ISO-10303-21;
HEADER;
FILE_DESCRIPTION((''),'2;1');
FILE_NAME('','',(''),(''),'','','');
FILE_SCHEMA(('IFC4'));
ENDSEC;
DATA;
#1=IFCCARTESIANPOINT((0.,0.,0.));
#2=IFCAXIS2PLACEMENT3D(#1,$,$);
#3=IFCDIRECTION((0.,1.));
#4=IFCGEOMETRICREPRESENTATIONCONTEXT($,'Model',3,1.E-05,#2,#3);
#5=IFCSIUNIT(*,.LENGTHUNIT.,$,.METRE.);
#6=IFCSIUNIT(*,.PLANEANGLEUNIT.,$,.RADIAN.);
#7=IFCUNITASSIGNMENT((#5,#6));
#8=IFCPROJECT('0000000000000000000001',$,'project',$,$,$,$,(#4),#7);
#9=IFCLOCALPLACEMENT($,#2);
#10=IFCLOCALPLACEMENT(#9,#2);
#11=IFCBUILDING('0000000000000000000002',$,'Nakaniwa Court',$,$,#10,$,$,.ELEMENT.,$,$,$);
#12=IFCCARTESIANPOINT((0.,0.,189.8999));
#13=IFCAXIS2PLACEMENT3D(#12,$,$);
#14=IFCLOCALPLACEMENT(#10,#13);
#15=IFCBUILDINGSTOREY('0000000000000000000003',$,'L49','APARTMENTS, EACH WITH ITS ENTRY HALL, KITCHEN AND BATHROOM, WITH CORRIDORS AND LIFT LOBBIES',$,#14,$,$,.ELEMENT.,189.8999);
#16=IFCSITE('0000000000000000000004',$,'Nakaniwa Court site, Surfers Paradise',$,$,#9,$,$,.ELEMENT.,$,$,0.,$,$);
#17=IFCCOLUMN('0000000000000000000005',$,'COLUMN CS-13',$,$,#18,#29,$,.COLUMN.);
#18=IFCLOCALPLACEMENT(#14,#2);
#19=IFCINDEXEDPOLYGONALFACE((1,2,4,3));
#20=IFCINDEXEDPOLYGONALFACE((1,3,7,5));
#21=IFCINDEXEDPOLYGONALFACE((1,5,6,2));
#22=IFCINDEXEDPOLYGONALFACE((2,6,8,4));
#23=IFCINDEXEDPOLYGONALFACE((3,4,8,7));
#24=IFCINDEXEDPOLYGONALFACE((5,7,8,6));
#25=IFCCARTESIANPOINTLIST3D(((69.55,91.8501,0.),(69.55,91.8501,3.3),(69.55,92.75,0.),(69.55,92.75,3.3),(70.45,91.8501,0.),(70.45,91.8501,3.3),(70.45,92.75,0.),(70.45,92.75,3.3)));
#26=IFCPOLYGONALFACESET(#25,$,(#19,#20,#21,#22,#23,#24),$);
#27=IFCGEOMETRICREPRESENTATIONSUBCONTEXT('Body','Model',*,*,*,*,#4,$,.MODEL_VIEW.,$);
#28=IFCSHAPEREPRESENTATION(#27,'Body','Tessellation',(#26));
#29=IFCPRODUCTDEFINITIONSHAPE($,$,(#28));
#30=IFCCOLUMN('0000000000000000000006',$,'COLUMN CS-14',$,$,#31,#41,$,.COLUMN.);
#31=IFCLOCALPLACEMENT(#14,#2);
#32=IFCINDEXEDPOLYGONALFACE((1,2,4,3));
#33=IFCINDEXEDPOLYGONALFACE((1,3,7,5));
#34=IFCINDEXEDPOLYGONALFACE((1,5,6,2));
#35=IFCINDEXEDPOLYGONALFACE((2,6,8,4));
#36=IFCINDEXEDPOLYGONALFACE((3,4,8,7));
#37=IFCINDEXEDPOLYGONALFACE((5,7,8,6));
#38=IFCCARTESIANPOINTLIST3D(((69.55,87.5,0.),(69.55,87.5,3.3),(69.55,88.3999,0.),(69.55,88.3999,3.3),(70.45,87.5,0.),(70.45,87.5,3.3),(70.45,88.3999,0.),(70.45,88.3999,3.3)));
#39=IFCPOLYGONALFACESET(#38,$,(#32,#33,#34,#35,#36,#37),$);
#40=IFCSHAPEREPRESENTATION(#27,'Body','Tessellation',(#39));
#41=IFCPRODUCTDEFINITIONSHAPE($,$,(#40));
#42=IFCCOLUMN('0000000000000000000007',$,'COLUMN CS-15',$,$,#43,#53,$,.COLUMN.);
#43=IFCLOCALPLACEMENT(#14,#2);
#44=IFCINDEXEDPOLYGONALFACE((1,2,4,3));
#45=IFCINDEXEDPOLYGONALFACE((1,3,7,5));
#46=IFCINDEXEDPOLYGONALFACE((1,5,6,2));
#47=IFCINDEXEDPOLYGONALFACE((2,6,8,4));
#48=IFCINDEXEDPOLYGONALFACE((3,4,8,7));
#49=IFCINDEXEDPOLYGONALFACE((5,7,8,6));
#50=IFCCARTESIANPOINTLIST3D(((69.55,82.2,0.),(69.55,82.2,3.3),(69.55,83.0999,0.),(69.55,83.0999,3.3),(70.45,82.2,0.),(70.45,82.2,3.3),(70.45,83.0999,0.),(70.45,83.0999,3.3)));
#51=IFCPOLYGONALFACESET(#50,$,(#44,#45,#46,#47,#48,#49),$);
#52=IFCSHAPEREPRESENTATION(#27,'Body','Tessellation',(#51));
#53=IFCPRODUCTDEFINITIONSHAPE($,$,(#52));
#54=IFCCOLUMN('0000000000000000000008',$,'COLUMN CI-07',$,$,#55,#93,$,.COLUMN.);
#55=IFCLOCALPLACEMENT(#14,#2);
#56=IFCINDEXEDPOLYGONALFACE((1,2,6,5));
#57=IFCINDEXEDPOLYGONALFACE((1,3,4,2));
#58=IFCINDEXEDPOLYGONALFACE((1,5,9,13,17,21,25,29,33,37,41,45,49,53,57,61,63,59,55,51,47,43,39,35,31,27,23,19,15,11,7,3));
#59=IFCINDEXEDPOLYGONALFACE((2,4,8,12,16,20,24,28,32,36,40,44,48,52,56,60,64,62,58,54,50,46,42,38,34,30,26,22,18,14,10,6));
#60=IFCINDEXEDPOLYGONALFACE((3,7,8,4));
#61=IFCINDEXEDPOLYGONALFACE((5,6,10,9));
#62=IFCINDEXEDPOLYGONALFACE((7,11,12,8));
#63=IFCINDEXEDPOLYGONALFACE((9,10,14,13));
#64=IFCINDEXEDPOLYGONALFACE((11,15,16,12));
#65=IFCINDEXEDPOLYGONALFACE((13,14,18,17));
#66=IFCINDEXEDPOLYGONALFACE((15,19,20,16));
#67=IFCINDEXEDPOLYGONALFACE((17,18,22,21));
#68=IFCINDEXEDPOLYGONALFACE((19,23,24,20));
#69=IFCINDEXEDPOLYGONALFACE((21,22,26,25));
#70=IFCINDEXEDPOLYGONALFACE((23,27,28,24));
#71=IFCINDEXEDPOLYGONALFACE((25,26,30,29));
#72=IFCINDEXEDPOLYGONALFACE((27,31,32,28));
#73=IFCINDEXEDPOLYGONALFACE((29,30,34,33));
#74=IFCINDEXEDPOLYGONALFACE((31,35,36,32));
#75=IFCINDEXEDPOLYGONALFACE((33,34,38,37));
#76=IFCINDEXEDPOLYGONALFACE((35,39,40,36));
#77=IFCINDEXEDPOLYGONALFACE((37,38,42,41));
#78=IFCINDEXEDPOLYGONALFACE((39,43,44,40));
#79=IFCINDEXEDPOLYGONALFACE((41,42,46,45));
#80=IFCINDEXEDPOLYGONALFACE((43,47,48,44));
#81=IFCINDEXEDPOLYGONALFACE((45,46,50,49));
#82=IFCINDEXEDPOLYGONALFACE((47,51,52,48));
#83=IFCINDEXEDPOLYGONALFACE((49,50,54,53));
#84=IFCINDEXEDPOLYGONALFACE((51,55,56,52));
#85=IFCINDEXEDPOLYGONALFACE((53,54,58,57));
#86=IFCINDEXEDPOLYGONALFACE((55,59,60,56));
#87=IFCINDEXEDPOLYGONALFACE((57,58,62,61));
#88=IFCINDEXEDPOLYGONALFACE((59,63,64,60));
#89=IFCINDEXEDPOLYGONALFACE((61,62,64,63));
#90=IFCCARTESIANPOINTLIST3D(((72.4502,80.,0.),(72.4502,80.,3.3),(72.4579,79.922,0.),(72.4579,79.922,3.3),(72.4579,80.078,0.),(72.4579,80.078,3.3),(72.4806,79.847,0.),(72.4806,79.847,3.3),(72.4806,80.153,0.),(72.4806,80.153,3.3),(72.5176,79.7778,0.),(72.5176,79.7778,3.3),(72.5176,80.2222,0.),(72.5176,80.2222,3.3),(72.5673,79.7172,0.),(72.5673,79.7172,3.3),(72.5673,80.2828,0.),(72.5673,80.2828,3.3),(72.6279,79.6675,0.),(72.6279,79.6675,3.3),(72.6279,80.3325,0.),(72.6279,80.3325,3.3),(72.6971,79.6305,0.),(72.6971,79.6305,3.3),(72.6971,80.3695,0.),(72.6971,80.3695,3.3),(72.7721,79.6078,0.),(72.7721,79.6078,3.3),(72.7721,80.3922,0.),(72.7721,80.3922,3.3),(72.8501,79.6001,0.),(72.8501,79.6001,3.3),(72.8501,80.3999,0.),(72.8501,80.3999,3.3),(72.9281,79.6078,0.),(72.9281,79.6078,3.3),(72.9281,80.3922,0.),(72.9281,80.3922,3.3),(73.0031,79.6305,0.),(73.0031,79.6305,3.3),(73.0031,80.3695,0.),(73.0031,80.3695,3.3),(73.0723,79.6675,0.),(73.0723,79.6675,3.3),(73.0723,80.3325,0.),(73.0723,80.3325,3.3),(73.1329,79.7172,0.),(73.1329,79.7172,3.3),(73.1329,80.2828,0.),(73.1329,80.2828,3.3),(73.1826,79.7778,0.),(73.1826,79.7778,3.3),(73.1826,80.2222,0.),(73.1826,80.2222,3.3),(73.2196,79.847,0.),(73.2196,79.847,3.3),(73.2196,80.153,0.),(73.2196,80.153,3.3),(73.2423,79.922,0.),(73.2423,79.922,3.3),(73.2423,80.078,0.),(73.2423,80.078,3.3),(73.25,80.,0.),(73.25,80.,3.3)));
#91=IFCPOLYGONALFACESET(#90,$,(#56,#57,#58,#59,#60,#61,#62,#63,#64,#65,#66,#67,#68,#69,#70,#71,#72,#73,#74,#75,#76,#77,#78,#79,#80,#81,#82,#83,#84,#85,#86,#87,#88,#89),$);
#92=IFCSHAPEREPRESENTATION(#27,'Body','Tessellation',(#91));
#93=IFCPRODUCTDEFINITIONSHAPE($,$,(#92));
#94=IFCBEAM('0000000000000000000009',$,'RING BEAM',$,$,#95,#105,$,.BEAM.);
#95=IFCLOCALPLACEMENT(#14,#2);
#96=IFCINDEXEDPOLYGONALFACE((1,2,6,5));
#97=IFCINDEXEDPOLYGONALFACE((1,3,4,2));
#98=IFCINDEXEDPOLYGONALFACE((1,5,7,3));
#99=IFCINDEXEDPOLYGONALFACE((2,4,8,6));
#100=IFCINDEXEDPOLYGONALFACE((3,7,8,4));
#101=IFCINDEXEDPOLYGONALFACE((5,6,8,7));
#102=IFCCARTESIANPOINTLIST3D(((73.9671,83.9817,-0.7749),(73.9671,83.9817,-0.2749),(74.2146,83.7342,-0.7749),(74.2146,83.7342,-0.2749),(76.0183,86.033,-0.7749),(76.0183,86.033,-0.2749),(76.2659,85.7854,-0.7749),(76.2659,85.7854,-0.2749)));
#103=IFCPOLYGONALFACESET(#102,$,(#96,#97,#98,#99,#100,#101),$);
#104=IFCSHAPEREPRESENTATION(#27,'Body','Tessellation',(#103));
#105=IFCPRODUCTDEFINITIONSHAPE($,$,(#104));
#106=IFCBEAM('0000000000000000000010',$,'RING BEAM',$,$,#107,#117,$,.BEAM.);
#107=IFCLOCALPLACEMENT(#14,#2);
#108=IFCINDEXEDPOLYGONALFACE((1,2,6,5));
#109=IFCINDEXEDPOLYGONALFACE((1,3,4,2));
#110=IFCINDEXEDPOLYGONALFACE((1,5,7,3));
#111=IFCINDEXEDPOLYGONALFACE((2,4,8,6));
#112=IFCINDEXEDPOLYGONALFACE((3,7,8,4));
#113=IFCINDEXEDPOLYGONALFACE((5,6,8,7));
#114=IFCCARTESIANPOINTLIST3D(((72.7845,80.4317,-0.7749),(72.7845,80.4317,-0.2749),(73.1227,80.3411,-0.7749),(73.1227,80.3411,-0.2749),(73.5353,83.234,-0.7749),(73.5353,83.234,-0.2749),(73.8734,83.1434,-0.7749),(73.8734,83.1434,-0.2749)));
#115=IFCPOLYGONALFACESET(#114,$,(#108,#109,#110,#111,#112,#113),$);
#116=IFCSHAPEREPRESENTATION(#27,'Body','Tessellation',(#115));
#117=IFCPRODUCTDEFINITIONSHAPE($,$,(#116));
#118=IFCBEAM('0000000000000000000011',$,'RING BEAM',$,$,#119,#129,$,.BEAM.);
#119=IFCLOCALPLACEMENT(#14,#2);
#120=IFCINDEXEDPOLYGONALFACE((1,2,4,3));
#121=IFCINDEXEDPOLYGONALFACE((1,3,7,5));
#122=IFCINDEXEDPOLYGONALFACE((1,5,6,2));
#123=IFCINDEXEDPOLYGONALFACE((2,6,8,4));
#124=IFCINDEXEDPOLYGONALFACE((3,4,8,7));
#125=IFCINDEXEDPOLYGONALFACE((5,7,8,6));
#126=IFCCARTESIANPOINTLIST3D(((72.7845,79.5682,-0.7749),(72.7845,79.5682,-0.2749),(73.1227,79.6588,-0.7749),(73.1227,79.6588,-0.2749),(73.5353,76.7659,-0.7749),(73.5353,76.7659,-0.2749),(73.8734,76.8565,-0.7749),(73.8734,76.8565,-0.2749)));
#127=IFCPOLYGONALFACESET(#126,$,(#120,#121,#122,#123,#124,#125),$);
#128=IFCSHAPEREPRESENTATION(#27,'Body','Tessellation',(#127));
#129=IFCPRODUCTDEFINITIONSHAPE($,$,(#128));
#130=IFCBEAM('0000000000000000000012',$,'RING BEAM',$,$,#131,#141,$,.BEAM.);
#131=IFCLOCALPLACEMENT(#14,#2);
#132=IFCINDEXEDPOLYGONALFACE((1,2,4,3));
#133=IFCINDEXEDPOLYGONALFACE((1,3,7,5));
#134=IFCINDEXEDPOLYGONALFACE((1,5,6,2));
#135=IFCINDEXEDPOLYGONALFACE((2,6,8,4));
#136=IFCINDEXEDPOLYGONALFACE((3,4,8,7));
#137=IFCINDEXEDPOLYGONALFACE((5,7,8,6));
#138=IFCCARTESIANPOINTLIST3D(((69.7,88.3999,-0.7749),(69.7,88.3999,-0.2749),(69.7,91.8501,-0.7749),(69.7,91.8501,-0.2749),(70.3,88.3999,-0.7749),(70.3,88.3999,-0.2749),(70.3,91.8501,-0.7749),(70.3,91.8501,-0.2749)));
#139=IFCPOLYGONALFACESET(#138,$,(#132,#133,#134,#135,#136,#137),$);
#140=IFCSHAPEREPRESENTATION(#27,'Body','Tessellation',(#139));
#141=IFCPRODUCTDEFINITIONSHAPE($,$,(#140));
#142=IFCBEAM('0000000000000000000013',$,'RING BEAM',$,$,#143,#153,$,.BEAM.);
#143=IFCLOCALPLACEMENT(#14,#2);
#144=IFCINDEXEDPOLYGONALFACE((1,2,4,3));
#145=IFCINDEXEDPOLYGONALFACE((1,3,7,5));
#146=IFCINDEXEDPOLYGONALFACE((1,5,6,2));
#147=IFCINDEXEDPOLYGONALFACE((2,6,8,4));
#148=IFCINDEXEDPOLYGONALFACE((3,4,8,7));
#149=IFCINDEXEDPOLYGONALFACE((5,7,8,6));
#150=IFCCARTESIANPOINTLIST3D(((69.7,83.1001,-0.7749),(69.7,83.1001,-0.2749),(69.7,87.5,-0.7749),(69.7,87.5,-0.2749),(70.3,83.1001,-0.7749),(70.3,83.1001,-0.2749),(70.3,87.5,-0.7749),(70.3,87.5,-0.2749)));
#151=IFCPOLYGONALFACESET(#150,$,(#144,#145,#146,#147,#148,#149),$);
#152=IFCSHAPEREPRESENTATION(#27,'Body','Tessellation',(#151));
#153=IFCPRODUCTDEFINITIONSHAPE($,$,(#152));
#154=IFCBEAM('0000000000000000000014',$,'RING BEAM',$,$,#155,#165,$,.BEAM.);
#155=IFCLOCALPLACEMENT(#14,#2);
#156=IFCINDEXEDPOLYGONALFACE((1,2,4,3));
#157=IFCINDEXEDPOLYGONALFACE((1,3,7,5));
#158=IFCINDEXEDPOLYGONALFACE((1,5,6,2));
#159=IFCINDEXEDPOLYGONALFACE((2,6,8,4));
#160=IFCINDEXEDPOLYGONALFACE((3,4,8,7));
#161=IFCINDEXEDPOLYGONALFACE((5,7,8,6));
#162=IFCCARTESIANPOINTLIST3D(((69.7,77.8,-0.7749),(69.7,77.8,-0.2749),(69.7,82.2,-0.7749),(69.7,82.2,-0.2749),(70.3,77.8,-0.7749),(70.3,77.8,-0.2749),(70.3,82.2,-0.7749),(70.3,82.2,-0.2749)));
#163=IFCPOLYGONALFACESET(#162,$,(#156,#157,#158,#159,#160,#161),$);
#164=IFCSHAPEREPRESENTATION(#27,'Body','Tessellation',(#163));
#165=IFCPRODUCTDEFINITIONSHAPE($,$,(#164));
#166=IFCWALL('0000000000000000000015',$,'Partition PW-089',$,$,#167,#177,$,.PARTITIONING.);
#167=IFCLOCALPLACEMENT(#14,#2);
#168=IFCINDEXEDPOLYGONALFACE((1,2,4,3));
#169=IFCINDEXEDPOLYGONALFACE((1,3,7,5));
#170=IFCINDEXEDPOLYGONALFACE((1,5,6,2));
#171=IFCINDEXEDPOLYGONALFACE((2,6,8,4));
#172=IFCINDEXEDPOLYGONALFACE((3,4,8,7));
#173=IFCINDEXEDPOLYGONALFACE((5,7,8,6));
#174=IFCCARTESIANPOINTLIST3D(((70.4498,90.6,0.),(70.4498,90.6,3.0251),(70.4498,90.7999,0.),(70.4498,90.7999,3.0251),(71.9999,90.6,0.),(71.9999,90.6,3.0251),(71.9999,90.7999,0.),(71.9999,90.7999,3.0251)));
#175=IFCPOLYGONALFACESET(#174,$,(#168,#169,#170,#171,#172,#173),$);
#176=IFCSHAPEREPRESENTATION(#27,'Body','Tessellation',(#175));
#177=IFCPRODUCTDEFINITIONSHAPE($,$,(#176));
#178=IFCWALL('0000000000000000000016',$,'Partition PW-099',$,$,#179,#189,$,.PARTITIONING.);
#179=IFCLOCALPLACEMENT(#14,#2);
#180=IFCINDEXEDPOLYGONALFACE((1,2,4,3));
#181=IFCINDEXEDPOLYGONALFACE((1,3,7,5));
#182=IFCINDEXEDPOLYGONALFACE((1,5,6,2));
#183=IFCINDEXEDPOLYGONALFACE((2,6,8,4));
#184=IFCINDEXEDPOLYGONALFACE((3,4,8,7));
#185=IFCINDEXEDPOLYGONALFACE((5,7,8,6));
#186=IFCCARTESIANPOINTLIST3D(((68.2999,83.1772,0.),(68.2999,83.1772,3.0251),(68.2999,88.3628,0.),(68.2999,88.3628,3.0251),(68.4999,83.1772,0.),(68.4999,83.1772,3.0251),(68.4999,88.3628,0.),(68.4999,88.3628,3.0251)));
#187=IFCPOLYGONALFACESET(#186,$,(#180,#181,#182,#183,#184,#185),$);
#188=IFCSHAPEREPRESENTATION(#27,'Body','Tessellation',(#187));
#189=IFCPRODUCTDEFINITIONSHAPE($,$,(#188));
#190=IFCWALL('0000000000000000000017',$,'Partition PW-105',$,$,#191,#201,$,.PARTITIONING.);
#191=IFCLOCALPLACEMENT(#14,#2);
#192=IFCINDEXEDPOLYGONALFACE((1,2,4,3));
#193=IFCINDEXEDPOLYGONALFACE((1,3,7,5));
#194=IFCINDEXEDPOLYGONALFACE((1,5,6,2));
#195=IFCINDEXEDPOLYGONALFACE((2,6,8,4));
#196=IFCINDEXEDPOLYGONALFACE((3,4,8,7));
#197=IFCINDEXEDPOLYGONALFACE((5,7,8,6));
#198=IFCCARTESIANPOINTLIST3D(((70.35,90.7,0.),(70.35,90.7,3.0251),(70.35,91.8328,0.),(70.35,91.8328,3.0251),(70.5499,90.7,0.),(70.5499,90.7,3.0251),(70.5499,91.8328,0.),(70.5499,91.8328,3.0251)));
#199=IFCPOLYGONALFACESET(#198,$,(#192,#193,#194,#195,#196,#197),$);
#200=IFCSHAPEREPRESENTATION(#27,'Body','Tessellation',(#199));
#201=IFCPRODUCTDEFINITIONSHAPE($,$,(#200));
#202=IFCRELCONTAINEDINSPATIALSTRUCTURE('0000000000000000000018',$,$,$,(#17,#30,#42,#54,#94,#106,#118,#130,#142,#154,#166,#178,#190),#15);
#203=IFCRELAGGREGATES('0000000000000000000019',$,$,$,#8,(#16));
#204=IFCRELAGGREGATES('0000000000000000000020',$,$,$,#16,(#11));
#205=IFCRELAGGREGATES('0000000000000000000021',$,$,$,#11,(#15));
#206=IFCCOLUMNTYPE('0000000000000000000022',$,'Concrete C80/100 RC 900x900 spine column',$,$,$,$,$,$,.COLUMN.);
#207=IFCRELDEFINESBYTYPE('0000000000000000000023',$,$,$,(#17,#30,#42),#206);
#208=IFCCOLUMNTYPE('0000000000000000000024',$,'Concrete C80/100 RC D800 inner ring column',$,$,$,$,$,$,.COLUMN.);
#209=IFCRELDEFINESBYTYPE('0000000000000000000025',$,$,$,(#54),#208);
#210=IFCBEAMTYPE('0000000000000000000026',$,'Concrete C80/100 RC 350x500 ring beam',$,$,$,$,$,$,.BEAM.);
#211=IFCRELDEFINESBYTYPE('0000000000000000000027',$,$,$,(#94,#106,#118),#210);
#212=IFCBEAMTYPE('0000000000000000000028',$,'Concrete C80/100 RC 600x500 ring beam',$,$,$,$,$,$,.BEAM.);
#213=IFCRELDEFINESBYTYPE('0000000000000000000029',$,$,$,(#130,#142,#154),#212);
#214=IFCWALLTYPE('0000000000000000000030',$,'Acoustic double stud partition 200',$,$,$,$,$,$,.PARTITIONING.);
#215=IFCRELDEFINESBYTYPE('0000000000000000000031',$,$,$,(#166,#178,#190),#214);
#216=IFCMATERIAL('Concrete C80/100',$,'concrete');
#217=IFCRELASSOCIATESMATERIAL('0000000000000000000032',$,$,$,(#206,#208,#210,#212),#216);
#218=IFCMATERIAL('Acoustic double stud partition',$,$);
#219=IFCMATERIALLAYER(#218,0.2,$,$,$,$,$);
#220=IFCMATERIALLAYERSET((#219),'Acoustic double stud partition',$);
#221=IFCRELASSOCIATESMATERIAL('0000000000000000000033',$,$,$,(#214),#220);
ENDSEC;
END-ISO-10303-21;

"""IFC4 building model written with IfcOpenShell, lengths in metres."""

from ifc_helpers import new_model, si_unit, direction, frame, frame_2d, origin, origin_2d, place, context, subcontext, project, spatial, rectangle, circle, extrude, material, layer, layer_set, material_profile, profile_set, type_object, element, save


model = new_model("IFC4")

# Units and contexts
model_context = context("Model", 3, precision=1e-05, world=origin(), true_north=direction((0.0, 1.0)))
body_context = subcontext(model_context, "Body", "Model", "MODEL_VIEW")
ifc_project = project(units=[si_unit("LENGTHUNIT", "METRE"), si_unit("PLANEANGLEUNIT", "RADIAN")], contexts=[model_context])

# Site, building, storey
site_placement = place(None, origin())
site = spatial("IfcSite", under=ifc_project, at=site_placement, Name="Nakaniwa Court site, Surfers Paradise", CompositionType="ELEMENT", RefElevation=0.0)
building_placement = place(site_placement, origin())
building = spatial("IfcBuilding", under=site, at=building_placement, Name="Nakaniwa Court", CompositionType="ELEMENT")
storey_placement = place(building_placement, frame((0.0, 0.0, 189.8999)))
storey = spatial("IfcBuildingStorey", under=building, at=storey_placement, Name="L49", Description="APARTMENTS, EACH WITH ITS ENTRY HALL, KITCHEN AND BATHROOM, WITH CORRIDORS AND LIFT LOBBIES", CompositionType="ELEMENT", Elevation=189.8999)

# Columns
ifc_material_1 = material(Name="Concrete C80/100", Category="concrete")
ifc_material_profile_1 = material_profile(ifc_material_1, rectangle(XDim=0.8999, YDim=0.8999, at=origin_2d()), Name="Concrete C80/100 RC 900x900 spine column")
ifc_profile_set_1 = profile_set([ifc_material_profile_1], Name="Concrete C80/100")
column_type_1 = type_object("IfcColumnType", Name="Concrete C80/100 RC 900x900 spine column", PredefinedType="COLUMN", material=ifc_profile_set_1)
for number, where, z_axis, x_axis, name in (
    (1, (70.0, 92.3, 0.0), (0.0, 0.0, 1.0), (0.0, -1.0, 0.0), "COLUMN CS-13"),
    (2, (70.0, 87.95, 0.0), (0.0, 0.0, 1.0), (0.0, -1.0, 0.0), "COLUMN CS-14"),
    (3, (70.0, 82.6499, 0.0), (0.0, 0.0, 1.0), (0.0, -1.0, 0.0), "COLUMN CS-15"),
):
    element("IfcColumn", number, at=place(storey_placement, frame(where, z_axis=z_axis, x_axis=x_axis)), inside=storey, type_object=column_type_1, Name=name, PredefinedType="COLUMN", context=body_context, shape_type="SweptSolid", body=[
        extrude(rectangle(XDim=0.8999, YDim=0.8999, at=origin_2d()), origin(), (0.0, 0.0, 1.0), 3.3),
    ])
ifc_material_profile_2 = material_profile(ifc_material_1, circle(Radius=0.3999, at=origin_2d()), Name="Concrete C80/100 RC D800 inner ring column")
ifc_profile_set_2 = profile_set([ifc_material_profile_2], Name="Concrete C80/100")
column_type_2 = type_object("IfcColumnType", Name="Concrete C80/100 RC D800 inner ring column", PredefinedType="COLUMN", material=ifc_profile_set_2)
for number, where, z_axis, x_axis, name in (
    (4, (72.8501, 80.0, 0.0), (0.0, 0.0, 1.0), (0.0, -1.0, 0.0), "COLUMN CI-07"),
):
    element("IfcColumn", number, at=place(storey_placement, frame(where, z_axis=z_axis, x_axis=x_axis)), inside=storey, type_object=column_type_2, Name=name, PredefinedType="COLUMN", context=body_context, shape_type="SweptSolid", body=[
        extrude(circle(Radius=0.3999, at=origin_2d()), origin(), (0.0, 0.0, 1.0), 3.3),
    ])

# Beams
ifc_material_profile_3 = material_profile(ifc_material_1, rectangle(XDim=0.3501, YDim=0.5, at=origin_2d()), Name="Concrete C80/100 RC 350x500 ring beam")
ifc_profile_set_3 = profile_set([ifc_material_profile_3], Name="Concrete C80/100")
beam_type_1 = type_object("IfcBeamType", Name="Concrete C80/100 RC 350x500 ring beam", PredefinedType="BEAM", material=ifc_profile_set_3)
beam_1_placement = place(storey_placement, frame((76.1421, 85.9092, -0.5249), z_axis=(-0.707107, -0.707107, 0.0), x_axis=(0.707107, -0.707107, 0.0)))
element("IfcBeam", 5, at=beam_1_placement, inside=storey, type_object=beam_type_1, Name="RING BEAM", PredefinedType="BEAM", context=body_context, shape_type="SweptSolid", body=[
    extrude(rectangle(XDim=0.3501, YDim=0.5, at=origin_2d()), origin(), (0.0, 0.0, 1.0), 2.9009),
])
for number, where, z_axis, x_axis, name in (
    (6, (73.7043, 83.1887, -0.5249), (-0.258778, -0.965937, 0.0), (0.965937, -0.258778, 0.0), "RING BEAM"),
    (7, (72.9536, 79.6135, -0.5249), (0.258778, -0.965937, 0.0), (0.965937, 0.258778, 0.0), "RING BEAM"),
):
    element("IfcBeam", number, at=place(storey_placement, frame(where, z_axis=z_axis, x_axis=x_axis)), inside=storey, type_object=beam_type_1, Name=name, PredefinedType="BEAM", context=body_context, shape_type="SweptSolid", body=[
        extrude(rectangle(XDim=0.3501, YDim=0.5, at=origin_2d()), origin(), (0.0, 0.0, 1.0), 2.9011),
    ])
ifc_material_profile_4 = material_profile(ifc_material_1, rectangle(XDim=0.6001, YDim=0.5, at=origin_2d()), Name="Concrete C80/100 RC 600x500 ring beam")
ifc_profile_set_4 = profile_set([ifc_material_profile_4], Name="Concrete C80/100")
beam_type_2 = type_object("IfcBeamType", Name="Concrete C80/100 RC 600x500 ring beam", PredefinedType="BEAM", material=ifc_profile_set_4)
beam_2_placement = place(storey_placement, frame((70.0, 91.8501, -0.5249), z_axis=(0.0, -1.0, 0.0), x_axis=(1.0, 0.0, 0.0)))
element("IfcBeam", 8, at=beam_2_placement, inside=storey, type_object=beam_type_2, Name="RING BEAM", PredefinedType="BEAM", context=body_context, shape_type="SweptSolid", body=[
    extrude(rectangle(XDim=0.6001, YDim=0.5, at=origin_2d()), origin(), (0.0, 0.0, 1.0), 3.4502),
])
for number, where, z_axis, x_axis, name in (
    (9, (70.0, 87.5, -0.5249), (0.0, -1.0, 0.0), (1.0, 0.0, 0.0), "RING BEAM"),
    (10, (70.0, 82.2, -0.5249), (0.0, -1.0, 0.0), (1.0, 0.0, 0.0), "RING BEAM"),
):
    element("IfcBeam", number, at=place(storey_placement, frame(where, z_axis=z_axis, x_axis=x_axis)), inside=storey, type_object=beam_type_2, Name=name, PredefinedType="BEAM", context=body_context, shape_type="SweptSolid", body=[
        extrude(rectangle(XDim=0.6001, YDim=0.5, at=origin_2d()), origin(), (0.0, 0.0, 1.0), 4.3999),
    ])

# Walls
ifc_material_2 = material(Name="Acoustic double stud partition")
ifc_layer_1 = layer(ifc_material_2, 0.2)
ifc_layer_set_1 = layer_set([ifc_layer_1], Name="Acoustic double stud partition")
wall_type_1 = type_object("IfcWallType", Name="Acoustic double stud partition 200", PredefinedType="PARTITIONING", material=ifc_layer_set_1)
wall_1_placement = place(storey_placement, frame((70.45, 90.7, 0.0), z_axis=(0.0, 0.0, 1.0), x_axis=(1.0, 0.0, 0.0)))
element("IfcWall", 11, at=wall_1_placement, inside=storey, type_object=wall_type_1, Name="Partition PW-089", PredefinedType="PARTITIONING", context=body_context, shape_type="SweptSolid", body=[
    extrude(rectangle(XDim=1.55, YDim=0.2, at=frame_2d((0.7749, 0.0))), origin(), (0.0, 0.0, 1.0), 3.0251),
])
wall_2_placement = place(storey_placement, frame((68.3999, 83.1772, 0.0), z_axis=(0.0, 0.0, 1.0), x_axis=(0.0, 1.0, 0.0)))
element("IfcWall", 12, at=wall_2_placement, inside=storey, type_object=wall_type_1, Name="Partition PW-099", PredefinedType="PARTITIONING", context=body_context, shape_type="SweptSolid", body=[
    extrude(rectangle(XDim=5.1855, YDim=0.2, at=frame_2d((2.5928, 0.0))), origin(), (0.0, 0.0, 1.0), 3.0251),
])
wall_3_placement = place(storey_placement, frame((70.45, 90.7, 0.0), z_axis=(0.0, 0.0, 1.0), x_axis=(0.0, 1.0, 0.0)))
element("IfcWall", 13, at=wall_3_placement, inside=storey, type_object=wall_type_1, Name="Partition PW-105", PredefinedType="PARTITIONING", context=body_context, shape_type="SweptSolid", body=[
    extrude(rectangle(XDim=1.1328, YDim=0.2, at=frame_2d((0.5664, 0.0))), origin(), (0.0, 0.0, 1.0), 3.0251),
])

save(model, "model.ifc")
